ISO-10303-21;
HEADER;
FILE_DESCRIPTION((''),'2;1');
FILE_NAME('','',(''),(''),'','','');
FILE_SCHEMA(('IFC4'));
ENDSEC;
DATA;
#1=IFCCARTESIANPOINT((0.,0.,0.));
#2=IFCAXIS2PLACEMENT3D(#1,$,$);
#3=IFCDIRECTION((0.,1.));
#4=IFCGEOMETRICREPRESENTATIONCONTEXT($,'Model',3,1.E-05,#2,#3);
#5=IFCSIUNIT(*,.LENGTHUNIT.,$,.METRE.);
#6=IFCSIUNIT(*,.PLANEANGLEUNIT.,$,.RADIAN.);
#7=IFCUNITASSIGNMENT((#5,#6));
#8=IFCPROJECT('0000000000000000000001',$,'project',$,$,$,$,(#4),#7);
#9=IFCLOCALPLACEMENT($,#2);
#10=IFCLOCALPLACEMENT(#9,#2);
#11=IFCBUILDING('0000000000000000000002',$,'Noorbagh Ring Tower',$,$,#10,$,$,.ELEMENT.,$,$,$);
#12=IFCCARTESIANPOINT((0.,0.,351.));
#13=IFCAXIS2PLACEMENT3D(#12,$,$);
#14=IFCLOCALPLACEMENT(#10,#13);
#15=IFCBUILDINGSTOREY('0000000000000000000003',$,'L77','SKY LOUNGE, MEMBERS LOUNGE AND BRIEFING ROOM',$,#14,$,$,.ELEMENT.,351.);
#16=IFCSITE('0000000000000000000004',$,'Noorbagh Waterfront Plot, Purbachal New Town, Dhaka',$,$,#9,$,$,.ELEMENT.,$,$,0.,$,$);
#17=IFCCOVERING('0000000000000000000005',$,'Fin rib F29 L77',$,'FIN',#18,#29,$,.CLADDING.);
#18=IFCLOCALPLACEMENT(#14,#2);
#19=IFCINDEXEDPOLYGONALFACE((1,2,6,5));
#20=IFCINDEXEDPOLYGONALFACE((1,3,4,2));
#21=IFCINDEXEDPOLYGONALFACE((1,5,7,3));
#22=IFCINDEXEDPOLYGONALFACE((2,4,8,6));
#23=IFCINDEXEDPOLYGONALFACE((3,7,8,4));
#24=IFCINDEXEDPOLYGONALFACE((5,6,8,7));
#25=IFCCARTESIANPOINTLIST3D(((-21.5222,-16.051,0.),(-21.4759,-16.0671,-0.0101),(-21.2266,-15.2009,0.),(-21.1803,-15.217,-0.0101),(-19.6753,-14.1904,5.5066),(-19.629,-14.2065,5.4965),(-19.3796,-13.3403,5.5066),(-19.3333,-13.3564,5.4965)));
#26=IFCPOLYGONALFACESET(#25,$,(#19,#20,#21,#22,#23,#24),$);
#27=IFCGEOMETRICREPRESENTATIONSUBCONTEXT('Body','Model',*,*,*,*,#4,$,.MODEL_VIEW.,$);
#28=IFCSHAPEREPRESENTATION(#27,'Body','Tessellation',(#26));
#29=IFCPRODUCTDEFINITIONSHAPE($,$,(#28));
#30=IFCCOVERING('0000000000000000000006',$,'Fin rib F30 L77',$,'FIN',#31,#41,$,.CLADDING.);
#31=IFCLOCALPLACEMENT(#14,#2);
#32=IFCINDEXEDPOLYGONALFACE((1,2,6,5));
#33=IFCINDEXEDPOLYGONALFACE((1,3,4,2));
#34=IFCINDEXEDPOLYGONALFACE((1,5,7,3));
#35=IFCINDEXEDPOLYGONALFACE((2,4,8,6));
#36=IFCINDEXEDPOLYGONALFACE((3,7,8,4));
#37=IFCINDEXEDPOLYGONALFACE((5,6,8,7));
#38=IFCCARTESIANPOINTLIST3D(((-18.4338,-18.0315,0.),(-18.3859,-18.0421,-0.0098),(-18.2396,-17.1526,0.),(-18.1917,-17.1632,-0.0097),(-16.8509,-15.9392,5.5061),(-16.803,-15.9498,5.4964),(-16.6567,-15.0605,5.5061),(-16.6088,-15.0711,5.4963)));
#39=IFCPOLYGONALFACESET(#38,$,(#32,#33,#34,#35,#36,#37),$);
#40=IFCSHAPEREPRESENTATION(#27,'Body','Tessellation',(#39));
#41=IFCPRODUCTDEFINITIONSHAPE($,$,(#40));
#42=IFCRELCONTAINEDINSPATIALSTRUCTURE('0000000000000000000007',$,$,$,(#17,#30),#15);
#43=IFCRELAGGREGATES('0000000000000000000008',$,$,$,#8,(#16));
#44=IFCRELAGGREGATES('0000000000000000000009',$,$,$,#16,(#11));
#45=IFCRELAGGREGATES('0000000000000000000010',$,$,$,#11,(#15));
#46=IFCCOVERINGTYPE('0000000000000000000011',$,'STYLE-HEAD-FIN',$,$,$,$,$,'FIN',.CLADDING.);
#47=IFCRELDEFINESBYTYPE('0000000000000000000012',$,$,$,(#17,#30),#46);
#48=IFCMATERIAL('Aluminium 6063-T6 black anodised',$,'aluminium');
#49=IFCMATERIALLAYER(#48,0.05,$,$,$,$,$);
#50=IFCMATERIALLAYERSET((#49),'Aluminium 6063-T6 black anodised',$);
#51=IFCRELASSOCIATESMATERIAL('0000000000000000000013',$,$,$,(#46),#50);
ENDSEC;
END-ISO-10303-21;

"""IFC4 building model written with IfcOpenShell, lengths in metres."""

from ifc_helpers import new_model, si_unit, direction, frame, origin, place, context, subcontext, project, spatial, polyline, outline, extrude, material, layer, layer_set, type_object, element, save


model = new_model("IFC4")

# Units and contexts
model_context = context("Model", 3, precision=1e-05, world=origin(), true_north=direction((0.0, 1.0)))
body_context = subcontext(model_context, "Body", "Model", "MODEL_VIEW")
ifc_project = project(units=[si_unit("LENGTHUNIT", "METRE"), si_unit("PLANEANGLEUNIT", "RADIAN")], contexts=[model_context])

# Site, building, storey
site_placement = place(None, origin())
site = spatial("IfcSite", under=ifc_project, at=site_placement, Name="Noorbagh Waterfront Plot, Purbachal New Town, Dhaka", CompositionType="ELEMENT", RefElevation=0.0)
building_placement = place(site_placement, origin())
building = spatial("IfcBuilding", under=site, at=building_placement, Name="Noorbagh Ring Tower", CompositionType="ELEMENT")
storey_placement = place(building_placement, frame((0.0, 0.0, 351.0)))
storey = spatial("IfcBuildingStorey", under=building, at=storey_placement, Name="L77", Description="SKY LOUNGE, MEMBERS LOUNGE AND BRIEFING ROOM", CompositionType="ELEMENT", Elevation=351.0)

# Coverings
ifc_material_1 = material(Name="Aluminium 6063-T6 black anodised", Category="aluminium")
ifc_layer_1 = layer(ifc_material_1, 0.05)
ifc_layer_set_1 = layer_set([ifc_layer_1], Name="Aluminium 6063-T6 black anodised")
covering_type_1 = type_object("IfcCoveringType", Name="STYLE-HEAD-FIN", ElementType="FIN", PredefinedType="CLADDING", material=ifc_layer_set_1)
covering_1_placement = place(storey_placement, frame((-21.5222, -16.051, 0.0), z_axis=(-0.92512, 0.321746, 0.201574), x_axis=(0.302833, 0.305075, 0.902896)))
element("IfcCovering", 1, at=covering_1_placement, inside=storey, type_object=covering_type_1, Name="Fin rib F29 L77", ObjectType="FIN", PredefinedType="CLADDING", context=body_context, shape_type="SweptSolid", body=[
    extrude(outline(polyline([(0.0, 0.0), (6.0988, 0.0), (6.4477, 0.8297), (0.3489, 0.8297), (0.0, 0.0)])), origin(), (0.0, 0.0, -1.0), 0.05),
])
covering_2_placement = place(storey_placement, frame((-18.4338, -18.0315, 0.0), z_axis=(-0.957714, 0.211658, 0.194898), x_axis=(0.259527, 0.343043, 0.902755)))
element("IfcCovering", 2, at=covering_2_placement, inside=storey, type_object=covering_type_1, Name="Fin rib F30 L77", ObjectType="FIN", PredefinedType="CLADDING", context=body_context, shape_type="SweptSolid", body=[
    extrude(outline(polyline([(0.0, 0.0), (6.0992, 0.0), (6.451, 0.8282), (0.3519, 0.8285), (0.0, 0.0)])), origin(), (0.0, 0.0, -1.0), 0.05),
])

save(model, "model.ifc")
